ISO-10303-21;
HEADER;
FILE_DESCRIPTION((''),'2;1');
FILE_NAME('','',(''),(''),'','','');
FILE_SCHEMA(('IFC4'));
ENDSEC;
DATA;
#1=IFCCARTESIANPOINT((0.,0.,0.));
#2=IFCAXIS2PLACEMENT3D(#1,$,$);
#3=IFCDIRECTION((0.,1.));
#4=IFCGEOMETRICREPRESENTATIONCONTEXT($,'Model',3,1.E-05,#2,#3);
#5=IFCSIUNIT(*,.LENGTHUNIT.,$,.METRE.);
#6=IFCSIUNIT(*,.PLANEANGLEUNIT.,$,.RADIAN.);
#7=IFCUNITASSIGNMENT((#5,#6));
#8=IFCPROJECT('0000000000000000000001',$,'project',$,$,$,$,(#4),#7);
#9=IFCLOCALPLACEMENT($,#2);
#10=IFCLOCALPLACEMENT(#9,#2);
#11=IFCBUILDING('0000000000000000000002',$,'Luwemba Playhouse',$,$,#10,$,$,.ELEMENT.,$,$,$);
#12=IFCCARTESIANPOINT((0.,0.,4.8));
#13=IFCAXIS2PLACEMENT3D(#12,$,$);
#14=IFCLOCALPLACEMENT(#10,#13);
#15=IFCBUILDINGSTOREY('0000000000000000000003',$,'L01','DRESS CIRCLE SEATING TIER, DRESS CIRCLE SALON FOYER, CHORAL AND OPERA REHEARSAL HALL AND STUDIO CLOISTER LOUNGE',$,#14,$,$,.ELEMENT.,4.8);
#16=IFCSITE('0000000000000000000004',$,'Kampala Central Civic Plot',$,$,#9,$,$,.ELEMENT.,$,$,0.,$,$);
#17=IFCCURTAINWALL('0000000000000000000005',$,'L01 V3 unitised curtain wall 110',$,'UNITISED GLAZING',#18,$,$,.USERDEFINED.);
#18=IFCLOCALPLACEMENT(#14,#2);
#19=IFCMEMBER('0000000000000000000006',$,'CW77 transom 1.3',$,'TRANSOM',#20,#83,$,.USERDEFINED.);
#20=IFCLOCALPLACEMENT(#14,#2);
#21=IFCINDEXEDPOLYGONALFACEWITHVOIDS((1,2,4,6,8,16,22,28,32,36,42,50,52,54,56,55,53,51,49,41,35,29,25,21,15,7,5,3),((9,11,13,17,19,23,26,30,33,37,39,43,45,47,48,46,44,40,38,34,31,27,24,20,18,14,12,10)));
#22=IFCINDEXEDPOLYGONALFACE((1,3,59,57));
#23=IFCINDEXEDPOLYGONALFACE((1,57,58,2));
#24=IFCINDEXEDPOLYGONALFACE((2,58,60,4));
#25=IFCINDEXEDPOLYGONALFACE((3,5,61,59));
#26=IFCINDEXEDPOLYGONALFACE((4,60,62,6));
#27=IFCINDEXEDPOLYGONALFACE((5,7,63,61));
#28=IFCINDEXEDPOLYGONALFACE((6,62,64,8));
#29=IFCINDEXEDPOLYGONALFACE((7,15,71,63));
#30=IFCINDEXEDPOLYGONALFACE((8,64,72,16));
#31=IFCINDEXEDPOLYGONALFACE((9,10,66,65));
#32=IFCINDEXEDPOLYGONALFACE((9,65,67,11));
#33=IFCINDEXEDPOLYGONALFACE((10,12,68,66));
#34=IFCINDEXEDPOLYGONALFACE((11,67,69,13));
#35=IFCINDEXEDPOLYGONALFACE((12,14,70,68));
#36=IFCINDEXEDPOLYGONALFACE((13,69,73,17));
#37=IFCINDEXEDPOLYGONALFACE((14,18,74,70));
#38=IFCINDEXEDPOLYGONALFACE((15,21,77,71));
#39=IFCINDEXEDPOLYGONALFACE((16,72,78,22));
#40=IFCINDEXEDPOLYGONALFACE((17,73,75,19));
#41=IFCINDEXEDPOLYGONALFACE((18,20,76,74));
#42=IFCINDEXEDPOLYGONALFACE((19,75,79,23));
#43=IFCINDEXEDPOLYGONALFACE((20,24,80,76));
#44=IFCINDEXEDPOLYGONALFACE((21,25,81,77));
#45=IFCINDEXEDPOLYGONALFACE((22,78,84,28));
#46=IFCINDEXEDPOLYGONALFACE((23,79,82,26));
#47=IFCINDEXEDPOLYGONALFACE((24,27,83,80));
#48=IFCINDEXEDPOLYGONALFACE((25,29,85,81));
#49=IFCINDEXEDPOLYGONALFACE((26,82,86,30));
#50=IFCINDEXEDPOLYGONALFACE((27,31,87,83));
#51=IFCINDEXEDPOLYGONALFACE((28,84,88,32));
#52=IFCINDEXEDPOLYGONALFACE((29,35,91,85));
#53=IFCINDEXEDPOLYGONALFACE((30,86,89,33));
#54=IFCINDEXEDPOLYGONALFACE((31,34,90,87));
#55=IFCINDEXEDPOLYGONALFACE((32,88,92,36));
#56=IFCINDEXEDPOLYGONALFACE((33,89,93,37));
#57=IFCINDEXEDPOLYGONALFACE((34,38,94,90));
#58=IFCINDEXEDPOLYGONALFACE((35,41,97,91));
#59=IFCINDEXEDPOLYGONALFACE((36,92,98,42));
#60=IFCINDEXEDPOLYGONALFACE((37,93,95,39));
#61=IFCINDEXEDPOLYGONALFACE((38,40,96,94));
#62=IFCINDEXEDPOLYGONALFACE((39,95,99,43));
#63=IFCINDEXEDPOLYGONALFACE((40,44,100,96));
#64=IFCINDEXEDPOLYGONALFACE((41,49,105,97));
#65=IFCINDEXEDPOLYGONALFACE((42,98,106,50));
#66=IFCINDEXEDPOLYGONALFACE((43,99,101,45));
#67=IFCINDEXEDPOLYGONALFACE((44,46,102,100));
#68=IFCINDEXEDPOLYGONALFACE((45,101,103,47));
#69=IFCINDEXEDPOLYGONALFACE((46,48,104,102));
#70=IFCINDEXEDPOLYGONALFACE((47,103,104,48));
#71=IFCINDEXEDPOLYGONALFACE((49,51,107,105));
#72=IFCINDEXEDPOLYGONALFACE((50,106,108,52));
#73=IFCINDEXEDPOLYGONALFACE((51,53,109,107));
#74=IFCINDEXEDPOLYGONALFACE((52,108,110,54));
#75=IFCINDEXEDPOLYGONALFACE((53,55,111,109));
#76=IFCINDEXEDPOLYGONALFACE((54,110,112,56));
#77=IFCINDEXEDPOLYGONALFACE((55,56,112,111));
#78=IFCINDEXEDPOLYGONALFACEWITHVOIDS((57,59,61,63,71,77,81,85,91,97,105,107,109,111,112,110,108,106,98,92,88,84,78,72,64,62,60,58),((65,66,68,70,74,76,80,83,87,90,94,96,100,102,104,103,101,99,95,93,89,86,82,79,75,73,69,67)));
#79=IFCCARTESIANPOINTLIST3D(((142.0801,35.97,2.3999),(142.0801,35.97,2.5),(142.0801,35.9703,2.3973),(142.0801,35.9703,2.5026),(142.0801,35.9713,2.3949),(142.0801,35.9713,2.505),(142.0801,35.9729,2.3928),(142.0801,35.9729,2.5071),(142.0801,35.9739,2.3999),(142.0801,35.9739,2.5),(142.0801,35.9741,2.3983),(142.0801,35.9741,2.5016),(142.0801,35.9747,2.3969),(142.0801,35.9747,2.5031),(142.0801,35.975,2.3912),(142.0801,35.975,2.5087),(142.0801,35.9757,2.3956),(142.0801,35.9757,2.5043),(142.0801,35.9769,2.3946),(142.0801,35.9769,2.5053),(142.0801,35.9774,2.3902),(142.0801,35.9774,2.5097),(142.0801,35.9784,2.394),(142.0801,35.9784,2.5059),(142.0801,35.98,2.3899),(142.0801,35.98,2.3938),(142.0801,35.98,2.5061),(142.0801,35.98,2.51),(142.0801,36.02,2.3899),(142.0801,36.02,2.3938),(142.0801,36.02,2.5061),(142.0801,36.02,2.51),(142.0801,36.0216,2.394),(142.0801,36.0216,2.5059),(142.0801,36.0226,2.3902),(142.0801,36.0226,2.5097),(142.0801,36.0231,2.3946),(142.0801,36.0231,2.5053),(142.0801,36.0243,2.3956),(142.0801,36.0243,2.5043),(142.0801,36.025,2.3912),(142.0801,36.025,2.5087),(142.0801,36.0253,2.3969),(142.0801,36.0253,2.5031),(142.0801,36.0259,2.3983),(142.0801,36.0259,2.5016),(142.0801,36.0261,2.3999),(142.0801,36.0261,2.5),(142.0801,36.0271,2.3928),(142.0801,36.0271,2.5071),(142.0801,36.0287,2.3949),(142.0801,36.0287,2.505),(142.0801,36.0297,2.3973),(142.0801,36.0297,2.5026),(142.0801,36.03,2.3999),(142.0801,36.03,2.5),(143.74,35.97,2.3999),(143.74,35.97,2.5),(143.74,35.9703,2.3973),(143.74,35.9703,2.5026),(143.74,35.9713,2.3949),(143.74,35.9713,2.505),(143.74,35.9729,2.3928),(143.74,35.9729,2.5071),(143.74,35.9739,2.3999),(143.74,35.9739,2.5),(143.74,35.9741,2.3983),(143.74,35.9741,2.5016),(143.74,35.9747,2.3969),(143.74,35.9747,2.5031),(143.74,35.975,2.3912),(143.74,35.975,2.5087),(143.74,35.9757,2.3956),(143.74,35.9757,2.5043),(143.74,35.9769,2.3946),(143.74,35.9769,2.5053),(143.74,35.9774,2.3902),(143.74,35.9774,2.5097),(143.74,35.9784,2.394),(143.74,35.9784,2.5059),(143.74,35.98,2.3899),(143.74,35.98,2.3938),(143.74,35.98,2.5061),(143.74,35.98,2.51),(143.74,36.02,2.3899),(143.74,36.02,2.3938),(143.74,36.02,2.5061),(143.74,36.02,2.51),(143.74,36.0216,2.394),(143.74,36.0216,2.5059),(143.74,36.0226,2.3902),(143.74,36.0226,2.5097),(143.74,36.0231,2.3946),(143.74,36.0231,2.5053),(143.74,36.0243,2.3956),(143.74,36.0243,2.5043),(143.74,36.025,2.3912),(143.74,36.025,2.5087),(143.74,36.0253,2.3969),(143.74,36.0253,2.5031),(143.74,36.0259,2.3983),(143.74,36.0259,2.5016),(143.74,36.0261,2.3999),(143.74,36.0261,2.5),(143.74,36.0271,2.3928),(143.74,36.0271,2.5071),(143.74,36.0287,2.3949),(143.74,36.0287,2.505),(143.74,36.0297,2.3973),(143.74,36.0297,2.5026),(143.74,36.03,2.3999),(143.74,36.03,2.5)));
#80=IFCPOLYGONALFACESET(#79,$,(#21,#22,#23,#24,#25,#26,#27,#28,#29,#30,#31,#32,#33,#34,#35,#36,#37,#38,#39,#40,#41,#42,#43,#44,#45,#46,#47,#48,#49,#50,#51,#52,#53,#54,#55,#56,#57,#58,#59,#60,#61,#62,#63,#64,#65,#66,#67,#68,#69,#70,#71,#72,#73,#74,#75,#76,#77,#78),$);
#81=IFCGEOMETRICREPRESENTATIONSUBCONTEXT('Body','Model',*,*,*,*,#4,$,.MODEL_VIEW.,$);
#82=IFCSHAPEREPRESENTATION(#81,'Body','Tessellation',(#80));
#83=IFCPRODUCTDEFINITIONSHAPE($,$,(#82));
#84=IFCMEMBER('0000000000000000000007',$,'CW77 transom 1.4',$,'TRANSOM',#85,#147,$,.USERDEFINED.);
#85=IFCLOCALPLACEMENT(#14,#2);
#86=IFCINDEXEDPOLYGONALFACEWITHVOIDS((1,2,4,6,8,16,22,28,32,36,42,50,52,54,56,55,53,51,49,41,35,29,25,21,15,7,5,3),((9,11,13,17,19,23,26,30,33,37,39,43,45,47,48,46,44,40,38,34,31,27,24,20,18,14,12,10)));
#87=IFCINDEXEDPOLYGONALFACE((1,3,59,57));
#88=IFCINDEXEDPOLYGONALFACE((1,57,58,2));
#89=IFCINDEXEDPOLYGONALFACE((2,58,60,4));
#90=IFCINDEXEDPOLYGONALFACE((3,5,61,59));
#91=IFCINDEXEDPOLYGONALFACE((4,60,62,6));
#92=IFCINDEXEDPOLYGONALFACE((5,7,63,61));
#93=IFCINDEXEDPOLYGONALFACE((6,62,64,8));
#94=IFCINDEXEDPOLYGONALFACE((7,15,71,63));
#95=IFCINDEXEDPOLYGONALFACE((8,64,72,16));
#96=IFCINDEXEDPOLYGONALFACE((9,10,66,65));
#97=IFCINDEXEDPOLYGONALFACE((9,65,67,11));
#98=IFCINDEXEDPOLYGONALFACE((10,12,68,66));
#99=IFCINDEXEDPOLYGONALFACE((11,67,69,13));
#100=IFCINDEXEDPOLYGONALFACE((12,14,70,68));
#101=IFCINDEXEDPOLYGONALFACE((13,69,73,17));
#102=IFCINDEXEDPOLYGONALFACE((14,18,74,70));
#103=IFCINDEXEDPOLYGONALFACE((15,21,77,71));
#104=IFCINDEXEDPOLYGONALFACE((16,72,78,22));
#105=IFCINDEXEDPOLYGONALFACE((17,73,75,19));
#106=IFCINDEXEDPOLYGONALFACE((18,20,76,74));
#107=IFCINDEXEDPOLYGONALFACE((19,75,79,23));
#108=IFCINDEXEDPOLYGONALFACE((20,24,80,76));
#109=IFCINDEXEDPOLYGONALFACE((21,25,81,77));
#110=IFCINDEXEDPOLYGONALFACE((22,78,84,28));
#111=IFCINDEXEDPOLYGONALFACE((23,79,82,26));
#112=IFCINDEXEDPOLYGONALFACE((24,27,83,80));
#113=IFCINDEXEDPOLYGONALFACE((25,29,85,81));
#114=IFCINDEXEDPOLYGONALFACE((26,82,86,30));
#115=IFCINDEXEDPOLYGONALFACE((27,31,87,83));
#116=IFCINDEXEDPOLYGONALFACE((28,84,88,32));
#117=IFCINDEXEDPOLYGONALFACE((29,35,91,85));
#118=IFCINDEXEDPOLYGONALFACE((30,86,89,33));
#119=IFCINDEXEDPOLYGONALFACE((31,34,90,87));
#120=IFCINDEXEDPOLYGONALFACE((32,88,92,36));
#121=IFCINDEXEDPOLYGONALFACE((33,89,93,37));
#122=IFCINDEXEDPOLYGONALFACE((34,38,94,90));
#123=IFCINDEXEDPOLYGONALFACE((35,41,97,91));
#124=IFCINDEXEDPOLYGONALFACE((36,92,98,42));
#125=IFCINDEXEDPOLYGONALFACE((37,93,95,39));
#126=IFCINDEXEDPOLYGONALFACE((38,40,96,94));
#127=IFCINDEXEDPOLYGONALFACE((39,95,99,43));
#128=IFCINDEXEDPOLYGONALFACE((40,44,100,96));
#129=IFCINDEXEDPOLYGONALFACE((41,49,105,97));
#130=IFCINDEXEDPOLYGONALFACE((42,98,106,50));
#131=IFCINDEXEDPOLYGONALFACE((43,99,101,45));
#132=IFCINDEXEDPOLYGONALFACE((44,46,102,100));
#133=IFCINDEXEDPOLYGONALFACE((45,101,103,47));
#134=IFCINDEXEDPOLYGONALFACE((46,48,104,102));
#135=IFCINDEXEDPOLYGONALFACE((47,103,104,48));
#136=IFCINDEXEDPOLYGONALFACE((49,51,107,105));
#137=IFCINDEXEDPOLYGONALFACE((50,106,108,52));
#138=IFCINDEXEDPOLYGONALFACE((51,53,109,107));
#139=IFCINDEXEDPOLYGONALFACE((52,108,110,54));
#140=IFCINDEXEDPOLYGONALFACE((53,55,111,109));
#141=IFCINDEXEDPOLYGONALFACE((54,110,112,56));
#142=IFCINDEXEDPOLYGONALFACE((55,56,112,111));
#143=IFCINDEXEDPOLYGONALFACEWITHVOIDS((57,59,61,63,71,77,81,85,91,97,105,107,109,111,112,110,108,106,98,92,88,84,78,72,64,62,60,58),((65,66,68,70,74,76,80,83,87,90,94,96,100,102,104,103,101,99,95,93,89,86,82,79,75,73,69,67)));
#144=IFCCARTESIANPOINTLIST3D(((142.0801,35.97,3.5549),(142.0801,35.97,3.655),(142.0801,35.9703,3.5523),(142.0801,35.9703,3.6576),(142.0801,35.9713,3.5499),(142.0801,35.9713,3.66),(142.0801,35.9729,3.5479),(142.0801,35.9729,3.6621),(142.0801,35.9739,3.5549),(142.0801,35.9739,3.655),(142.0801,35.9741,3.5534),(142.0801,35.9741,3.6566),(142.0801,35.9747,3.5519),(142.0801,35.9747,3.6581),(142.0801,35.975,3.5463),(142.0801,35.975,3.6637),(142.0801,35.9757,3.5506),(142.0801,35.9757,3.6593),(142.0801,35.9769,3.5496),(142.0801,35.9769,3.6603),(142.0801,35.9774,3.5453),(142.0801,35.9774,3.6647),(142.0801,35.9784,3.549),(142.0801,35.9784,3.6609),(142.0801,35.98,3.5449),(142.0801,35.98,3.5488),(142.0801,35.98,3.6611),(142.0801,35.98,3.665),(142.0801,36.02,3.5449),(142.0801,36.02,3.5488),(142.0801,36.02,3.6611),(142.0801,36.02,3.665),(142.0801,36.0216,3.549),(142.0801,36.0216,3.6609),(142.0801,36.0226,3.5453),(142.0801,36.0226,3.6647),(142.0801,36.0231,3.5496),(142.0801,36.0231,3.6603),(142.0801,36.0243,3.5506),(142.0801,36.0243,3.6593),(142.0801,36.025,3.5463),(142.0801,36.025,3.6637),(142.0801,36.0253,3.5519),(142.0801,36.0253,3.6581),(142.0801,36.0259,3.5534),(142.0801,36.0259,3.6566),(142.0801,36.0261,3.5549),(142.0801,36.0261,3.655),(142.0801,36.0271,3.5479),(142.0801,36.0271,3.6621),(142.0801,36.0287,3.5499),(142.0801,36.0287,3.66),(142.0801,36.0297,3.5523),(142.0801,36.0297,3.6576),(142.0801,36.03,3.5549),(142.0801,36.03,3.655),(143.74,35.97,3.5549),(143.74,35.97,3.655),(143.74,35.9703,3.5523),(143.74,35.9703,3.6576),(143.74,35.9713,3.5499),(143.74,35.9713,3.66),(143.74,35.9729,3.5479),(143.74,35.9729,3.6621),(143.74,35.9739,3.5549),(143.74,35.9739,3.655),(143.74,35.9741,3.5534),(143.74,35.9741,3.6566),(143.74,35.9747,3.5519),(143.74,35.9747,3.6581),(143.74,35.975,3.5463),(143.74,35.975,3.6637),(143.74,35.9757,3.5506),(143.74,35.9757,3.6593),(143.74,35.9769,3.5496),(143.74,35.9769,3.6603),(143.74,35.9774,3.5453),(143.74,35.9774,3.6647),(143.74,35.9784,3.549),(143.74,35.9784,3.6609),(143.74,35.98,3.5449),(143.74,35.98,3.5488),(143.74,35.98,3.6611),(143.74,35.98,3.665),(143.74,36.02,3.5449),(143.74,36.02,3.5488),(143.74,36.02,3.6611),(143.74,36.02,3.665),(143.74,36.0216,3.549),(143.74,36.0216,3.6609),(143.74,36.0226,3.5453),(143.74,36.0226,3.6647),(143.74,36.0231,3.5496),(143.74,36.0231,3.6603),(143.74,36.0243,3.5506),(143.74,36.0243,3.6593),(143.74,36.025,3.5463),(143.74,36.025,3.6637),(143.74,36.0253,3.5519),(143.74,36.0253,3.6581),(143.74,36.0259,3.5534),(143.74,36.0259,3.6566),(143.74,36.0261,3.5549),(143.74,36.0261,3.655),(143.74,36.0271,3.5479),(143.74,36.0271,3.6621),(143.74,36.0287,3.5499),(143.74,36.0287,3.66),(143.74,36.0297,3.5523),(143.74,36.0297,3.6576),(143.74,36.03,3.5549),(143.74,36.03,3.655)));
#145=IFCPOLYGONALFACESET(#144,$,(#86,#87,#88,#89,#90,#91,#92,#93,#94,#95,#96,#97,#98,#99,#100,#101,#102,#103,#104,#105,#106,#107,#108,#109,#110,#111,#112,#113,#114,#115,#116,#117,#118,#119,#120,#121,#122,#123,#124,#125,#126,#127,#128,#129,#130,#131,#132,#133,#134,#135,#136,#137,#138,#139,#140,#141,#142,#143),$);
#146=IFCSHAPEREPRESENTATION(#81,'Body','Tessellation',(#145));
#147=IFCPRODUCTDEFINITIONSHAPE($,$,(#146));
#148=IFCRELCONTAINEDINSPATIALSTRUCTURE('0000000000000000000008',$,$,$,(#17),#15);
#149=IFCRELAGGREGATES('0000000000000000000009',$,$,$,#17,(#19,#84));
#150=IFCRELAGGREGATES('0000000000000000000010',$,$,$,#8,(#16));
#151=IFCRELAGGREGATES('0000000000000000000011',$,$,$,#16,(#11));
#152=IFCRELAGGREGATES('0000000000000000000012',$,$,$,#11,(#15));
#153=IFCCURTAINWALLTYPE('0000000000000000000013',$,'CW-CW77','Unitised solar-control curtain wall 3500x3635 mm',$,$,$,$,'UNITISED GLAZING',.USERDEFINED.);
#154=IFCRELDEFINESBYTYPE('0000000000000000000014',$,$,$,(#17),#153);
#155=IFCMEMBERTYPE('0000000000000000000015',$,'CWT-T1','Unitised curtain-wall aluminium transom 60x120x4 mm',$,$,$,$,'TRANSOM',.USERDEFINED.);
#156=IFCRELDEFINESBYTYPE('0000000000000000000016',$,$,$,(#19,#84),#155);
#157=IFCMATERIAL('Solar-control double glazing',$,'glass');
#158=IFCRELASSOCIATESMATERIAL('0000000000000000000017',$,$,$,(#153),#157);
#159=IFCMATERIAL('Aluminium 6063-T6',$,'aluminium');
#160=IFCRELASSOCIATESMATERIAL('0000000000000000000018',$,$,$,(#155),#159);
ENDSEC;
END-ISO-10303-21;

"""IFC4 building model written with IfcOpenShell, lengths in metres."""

from ifc_helpers import new_model, si_unit, direction, frame, origin, origin_2d, place, context, subcontext, project, spatial, hollow_rectangle, extrude, material, material_profile, profile_set, type_object, element, aggregate, save


model = new_model("IFC4")

# Units and contexts
model_context = context("Model", 3, precision=1e-05, world=origin(), true_north=direction((0.0, 1.0)))
body_context = subcontext(model_context, "Body", "Model", "MODEL_VIEW")
ifc_project = project(units=[si_unit("LENGTHUNIT", "METRE"), si_unit("PLANEANGLEUNIT", "RADIAN")], contexts=[model_context])

# Site, building, storey
site_placement = place(None, origin())
site = spatial("IfcSite", under=ifc_project, at=site_placement, Name="Kampala Central Civic Plot", CompositionType="ELEMENT", RefElevation=0.0)
building_placement = place(site_placement, origin())
building = spatial("IfcBuilding", under=site, at=building_placement, Name="Luwemba Playhouse", CompositionType="ELEMENT")
storey_placement = place(building_placement, frame((0.0, 0.0, 4.8)))
storey = spatial("IfcBuildingStorey", under=building, at=storey_placement, Name="L01", Description="DRESS CIRCLE SEATING TIER, DRESS CIRCLE SALON FOYER, CHORAL AND OPERA REHEARSAL HALL AND STUDIO CLOISTER LOUNGE", CompositionType="ELEMENT", Elevation=4.8)

# Curtain wall
ifc_material_1 = material(Name="Solar-control double glazing", Category="glass")
curtain_wall_type_1 = type_object("IfcCurtainWallType", Name="CW-CW77", Description="Unitised solar-control curtain wall 3500x3635 mm", ElementType="UNITISED GLAZING", PredefinedType="USERDEFINED", material=ifc_material_1)
curtain_wall_1_placement = place(storey_placement, origin())
curtain_wall_1 = element("IfcCurtainWall", 1, at=curtain_wall_1_placement, inside=storey, type_object=curtain_wall_type_1, Name="L01 V3 unitised curtain wall 110", ObjectType="UNITISED GLAZING", PredefinedType="USERDEFINED")
ifc_material_2 = material(Name="Aluminium 6063-T6", Category="aluminium")

# Members
ifc_material_profile_1 = material_profile(ifc_material_2, hollow_rectangle(XDim=0.0601, YDim=0.1201, WallThickness=0.0039, InnerFilletRadius=0.0061, OuterFilletRadius=0.01, at=origin_2d()))
ifc_profile_set_1 = profile_set([ifc_material_profile_1], Name="Aluminium 6063-T6")
member_type_1 = type_object("IfcMemberType", Name="CWT-T1", Description="Unitised curtain-wall aluminium transom 60x120x4 mm", ElementType="TRANSOM", PredefinedType="USERDEFINED", material=ifc_profile_set_1)
member_1_placement = place(storey_placement, frame((143.74, 36.0, 2.45), z_axis=(-1.0, 0.0, 0.0), x_axis=(0.0, -1.0, 0.0)))
member_1 = element("IfcMember", 2, at=member_1_placement, type_object=member_type_1, Name="CW77 transom 1.3", ObjectType="TRANSOM", PredefinedType="USERDEFINED", context=body_context, shape_type="SweptSolid", body=[
    extrude(hollow_rectangle(XDim=0.0601, YDim=0.1201, WallThickness=0.0039, InnerFilletRadius=0.0061, OuterFilletRadius=0.01, at=origin_2d()), origin(), (0.0, 0.0, 1.0), 1.6599),
])
member_2_placement = place(storey_placement, frame((143.74, 36.0, 3.605), z_axis=(-1.0, 0.0, 0.0), x_axis=(0.0, -1.0, 0.0)))
member_2 = element("IfcMember", 3, at=member_2_placement, type_object=member_type_1, Name="CW77 transom 1.4", ObjectType="TRANSOM", PredefinedType="USERDEFINED", context=body_context, shape_type="SweptSolid", body=[
    extrude(hollow_rectangle(XDim=0.0601, YDim=0.1201, WallThickness=0.0039, InnerFilletRadius=0.0061, OuterFilletRadius=0.01, at=origin_2d()), origin(), (0.0, 0.0, 1.0), 1.6599),
])

aggregate(curtain_wall_1, [member_1, member_2])

save(model, "model.ifc")
